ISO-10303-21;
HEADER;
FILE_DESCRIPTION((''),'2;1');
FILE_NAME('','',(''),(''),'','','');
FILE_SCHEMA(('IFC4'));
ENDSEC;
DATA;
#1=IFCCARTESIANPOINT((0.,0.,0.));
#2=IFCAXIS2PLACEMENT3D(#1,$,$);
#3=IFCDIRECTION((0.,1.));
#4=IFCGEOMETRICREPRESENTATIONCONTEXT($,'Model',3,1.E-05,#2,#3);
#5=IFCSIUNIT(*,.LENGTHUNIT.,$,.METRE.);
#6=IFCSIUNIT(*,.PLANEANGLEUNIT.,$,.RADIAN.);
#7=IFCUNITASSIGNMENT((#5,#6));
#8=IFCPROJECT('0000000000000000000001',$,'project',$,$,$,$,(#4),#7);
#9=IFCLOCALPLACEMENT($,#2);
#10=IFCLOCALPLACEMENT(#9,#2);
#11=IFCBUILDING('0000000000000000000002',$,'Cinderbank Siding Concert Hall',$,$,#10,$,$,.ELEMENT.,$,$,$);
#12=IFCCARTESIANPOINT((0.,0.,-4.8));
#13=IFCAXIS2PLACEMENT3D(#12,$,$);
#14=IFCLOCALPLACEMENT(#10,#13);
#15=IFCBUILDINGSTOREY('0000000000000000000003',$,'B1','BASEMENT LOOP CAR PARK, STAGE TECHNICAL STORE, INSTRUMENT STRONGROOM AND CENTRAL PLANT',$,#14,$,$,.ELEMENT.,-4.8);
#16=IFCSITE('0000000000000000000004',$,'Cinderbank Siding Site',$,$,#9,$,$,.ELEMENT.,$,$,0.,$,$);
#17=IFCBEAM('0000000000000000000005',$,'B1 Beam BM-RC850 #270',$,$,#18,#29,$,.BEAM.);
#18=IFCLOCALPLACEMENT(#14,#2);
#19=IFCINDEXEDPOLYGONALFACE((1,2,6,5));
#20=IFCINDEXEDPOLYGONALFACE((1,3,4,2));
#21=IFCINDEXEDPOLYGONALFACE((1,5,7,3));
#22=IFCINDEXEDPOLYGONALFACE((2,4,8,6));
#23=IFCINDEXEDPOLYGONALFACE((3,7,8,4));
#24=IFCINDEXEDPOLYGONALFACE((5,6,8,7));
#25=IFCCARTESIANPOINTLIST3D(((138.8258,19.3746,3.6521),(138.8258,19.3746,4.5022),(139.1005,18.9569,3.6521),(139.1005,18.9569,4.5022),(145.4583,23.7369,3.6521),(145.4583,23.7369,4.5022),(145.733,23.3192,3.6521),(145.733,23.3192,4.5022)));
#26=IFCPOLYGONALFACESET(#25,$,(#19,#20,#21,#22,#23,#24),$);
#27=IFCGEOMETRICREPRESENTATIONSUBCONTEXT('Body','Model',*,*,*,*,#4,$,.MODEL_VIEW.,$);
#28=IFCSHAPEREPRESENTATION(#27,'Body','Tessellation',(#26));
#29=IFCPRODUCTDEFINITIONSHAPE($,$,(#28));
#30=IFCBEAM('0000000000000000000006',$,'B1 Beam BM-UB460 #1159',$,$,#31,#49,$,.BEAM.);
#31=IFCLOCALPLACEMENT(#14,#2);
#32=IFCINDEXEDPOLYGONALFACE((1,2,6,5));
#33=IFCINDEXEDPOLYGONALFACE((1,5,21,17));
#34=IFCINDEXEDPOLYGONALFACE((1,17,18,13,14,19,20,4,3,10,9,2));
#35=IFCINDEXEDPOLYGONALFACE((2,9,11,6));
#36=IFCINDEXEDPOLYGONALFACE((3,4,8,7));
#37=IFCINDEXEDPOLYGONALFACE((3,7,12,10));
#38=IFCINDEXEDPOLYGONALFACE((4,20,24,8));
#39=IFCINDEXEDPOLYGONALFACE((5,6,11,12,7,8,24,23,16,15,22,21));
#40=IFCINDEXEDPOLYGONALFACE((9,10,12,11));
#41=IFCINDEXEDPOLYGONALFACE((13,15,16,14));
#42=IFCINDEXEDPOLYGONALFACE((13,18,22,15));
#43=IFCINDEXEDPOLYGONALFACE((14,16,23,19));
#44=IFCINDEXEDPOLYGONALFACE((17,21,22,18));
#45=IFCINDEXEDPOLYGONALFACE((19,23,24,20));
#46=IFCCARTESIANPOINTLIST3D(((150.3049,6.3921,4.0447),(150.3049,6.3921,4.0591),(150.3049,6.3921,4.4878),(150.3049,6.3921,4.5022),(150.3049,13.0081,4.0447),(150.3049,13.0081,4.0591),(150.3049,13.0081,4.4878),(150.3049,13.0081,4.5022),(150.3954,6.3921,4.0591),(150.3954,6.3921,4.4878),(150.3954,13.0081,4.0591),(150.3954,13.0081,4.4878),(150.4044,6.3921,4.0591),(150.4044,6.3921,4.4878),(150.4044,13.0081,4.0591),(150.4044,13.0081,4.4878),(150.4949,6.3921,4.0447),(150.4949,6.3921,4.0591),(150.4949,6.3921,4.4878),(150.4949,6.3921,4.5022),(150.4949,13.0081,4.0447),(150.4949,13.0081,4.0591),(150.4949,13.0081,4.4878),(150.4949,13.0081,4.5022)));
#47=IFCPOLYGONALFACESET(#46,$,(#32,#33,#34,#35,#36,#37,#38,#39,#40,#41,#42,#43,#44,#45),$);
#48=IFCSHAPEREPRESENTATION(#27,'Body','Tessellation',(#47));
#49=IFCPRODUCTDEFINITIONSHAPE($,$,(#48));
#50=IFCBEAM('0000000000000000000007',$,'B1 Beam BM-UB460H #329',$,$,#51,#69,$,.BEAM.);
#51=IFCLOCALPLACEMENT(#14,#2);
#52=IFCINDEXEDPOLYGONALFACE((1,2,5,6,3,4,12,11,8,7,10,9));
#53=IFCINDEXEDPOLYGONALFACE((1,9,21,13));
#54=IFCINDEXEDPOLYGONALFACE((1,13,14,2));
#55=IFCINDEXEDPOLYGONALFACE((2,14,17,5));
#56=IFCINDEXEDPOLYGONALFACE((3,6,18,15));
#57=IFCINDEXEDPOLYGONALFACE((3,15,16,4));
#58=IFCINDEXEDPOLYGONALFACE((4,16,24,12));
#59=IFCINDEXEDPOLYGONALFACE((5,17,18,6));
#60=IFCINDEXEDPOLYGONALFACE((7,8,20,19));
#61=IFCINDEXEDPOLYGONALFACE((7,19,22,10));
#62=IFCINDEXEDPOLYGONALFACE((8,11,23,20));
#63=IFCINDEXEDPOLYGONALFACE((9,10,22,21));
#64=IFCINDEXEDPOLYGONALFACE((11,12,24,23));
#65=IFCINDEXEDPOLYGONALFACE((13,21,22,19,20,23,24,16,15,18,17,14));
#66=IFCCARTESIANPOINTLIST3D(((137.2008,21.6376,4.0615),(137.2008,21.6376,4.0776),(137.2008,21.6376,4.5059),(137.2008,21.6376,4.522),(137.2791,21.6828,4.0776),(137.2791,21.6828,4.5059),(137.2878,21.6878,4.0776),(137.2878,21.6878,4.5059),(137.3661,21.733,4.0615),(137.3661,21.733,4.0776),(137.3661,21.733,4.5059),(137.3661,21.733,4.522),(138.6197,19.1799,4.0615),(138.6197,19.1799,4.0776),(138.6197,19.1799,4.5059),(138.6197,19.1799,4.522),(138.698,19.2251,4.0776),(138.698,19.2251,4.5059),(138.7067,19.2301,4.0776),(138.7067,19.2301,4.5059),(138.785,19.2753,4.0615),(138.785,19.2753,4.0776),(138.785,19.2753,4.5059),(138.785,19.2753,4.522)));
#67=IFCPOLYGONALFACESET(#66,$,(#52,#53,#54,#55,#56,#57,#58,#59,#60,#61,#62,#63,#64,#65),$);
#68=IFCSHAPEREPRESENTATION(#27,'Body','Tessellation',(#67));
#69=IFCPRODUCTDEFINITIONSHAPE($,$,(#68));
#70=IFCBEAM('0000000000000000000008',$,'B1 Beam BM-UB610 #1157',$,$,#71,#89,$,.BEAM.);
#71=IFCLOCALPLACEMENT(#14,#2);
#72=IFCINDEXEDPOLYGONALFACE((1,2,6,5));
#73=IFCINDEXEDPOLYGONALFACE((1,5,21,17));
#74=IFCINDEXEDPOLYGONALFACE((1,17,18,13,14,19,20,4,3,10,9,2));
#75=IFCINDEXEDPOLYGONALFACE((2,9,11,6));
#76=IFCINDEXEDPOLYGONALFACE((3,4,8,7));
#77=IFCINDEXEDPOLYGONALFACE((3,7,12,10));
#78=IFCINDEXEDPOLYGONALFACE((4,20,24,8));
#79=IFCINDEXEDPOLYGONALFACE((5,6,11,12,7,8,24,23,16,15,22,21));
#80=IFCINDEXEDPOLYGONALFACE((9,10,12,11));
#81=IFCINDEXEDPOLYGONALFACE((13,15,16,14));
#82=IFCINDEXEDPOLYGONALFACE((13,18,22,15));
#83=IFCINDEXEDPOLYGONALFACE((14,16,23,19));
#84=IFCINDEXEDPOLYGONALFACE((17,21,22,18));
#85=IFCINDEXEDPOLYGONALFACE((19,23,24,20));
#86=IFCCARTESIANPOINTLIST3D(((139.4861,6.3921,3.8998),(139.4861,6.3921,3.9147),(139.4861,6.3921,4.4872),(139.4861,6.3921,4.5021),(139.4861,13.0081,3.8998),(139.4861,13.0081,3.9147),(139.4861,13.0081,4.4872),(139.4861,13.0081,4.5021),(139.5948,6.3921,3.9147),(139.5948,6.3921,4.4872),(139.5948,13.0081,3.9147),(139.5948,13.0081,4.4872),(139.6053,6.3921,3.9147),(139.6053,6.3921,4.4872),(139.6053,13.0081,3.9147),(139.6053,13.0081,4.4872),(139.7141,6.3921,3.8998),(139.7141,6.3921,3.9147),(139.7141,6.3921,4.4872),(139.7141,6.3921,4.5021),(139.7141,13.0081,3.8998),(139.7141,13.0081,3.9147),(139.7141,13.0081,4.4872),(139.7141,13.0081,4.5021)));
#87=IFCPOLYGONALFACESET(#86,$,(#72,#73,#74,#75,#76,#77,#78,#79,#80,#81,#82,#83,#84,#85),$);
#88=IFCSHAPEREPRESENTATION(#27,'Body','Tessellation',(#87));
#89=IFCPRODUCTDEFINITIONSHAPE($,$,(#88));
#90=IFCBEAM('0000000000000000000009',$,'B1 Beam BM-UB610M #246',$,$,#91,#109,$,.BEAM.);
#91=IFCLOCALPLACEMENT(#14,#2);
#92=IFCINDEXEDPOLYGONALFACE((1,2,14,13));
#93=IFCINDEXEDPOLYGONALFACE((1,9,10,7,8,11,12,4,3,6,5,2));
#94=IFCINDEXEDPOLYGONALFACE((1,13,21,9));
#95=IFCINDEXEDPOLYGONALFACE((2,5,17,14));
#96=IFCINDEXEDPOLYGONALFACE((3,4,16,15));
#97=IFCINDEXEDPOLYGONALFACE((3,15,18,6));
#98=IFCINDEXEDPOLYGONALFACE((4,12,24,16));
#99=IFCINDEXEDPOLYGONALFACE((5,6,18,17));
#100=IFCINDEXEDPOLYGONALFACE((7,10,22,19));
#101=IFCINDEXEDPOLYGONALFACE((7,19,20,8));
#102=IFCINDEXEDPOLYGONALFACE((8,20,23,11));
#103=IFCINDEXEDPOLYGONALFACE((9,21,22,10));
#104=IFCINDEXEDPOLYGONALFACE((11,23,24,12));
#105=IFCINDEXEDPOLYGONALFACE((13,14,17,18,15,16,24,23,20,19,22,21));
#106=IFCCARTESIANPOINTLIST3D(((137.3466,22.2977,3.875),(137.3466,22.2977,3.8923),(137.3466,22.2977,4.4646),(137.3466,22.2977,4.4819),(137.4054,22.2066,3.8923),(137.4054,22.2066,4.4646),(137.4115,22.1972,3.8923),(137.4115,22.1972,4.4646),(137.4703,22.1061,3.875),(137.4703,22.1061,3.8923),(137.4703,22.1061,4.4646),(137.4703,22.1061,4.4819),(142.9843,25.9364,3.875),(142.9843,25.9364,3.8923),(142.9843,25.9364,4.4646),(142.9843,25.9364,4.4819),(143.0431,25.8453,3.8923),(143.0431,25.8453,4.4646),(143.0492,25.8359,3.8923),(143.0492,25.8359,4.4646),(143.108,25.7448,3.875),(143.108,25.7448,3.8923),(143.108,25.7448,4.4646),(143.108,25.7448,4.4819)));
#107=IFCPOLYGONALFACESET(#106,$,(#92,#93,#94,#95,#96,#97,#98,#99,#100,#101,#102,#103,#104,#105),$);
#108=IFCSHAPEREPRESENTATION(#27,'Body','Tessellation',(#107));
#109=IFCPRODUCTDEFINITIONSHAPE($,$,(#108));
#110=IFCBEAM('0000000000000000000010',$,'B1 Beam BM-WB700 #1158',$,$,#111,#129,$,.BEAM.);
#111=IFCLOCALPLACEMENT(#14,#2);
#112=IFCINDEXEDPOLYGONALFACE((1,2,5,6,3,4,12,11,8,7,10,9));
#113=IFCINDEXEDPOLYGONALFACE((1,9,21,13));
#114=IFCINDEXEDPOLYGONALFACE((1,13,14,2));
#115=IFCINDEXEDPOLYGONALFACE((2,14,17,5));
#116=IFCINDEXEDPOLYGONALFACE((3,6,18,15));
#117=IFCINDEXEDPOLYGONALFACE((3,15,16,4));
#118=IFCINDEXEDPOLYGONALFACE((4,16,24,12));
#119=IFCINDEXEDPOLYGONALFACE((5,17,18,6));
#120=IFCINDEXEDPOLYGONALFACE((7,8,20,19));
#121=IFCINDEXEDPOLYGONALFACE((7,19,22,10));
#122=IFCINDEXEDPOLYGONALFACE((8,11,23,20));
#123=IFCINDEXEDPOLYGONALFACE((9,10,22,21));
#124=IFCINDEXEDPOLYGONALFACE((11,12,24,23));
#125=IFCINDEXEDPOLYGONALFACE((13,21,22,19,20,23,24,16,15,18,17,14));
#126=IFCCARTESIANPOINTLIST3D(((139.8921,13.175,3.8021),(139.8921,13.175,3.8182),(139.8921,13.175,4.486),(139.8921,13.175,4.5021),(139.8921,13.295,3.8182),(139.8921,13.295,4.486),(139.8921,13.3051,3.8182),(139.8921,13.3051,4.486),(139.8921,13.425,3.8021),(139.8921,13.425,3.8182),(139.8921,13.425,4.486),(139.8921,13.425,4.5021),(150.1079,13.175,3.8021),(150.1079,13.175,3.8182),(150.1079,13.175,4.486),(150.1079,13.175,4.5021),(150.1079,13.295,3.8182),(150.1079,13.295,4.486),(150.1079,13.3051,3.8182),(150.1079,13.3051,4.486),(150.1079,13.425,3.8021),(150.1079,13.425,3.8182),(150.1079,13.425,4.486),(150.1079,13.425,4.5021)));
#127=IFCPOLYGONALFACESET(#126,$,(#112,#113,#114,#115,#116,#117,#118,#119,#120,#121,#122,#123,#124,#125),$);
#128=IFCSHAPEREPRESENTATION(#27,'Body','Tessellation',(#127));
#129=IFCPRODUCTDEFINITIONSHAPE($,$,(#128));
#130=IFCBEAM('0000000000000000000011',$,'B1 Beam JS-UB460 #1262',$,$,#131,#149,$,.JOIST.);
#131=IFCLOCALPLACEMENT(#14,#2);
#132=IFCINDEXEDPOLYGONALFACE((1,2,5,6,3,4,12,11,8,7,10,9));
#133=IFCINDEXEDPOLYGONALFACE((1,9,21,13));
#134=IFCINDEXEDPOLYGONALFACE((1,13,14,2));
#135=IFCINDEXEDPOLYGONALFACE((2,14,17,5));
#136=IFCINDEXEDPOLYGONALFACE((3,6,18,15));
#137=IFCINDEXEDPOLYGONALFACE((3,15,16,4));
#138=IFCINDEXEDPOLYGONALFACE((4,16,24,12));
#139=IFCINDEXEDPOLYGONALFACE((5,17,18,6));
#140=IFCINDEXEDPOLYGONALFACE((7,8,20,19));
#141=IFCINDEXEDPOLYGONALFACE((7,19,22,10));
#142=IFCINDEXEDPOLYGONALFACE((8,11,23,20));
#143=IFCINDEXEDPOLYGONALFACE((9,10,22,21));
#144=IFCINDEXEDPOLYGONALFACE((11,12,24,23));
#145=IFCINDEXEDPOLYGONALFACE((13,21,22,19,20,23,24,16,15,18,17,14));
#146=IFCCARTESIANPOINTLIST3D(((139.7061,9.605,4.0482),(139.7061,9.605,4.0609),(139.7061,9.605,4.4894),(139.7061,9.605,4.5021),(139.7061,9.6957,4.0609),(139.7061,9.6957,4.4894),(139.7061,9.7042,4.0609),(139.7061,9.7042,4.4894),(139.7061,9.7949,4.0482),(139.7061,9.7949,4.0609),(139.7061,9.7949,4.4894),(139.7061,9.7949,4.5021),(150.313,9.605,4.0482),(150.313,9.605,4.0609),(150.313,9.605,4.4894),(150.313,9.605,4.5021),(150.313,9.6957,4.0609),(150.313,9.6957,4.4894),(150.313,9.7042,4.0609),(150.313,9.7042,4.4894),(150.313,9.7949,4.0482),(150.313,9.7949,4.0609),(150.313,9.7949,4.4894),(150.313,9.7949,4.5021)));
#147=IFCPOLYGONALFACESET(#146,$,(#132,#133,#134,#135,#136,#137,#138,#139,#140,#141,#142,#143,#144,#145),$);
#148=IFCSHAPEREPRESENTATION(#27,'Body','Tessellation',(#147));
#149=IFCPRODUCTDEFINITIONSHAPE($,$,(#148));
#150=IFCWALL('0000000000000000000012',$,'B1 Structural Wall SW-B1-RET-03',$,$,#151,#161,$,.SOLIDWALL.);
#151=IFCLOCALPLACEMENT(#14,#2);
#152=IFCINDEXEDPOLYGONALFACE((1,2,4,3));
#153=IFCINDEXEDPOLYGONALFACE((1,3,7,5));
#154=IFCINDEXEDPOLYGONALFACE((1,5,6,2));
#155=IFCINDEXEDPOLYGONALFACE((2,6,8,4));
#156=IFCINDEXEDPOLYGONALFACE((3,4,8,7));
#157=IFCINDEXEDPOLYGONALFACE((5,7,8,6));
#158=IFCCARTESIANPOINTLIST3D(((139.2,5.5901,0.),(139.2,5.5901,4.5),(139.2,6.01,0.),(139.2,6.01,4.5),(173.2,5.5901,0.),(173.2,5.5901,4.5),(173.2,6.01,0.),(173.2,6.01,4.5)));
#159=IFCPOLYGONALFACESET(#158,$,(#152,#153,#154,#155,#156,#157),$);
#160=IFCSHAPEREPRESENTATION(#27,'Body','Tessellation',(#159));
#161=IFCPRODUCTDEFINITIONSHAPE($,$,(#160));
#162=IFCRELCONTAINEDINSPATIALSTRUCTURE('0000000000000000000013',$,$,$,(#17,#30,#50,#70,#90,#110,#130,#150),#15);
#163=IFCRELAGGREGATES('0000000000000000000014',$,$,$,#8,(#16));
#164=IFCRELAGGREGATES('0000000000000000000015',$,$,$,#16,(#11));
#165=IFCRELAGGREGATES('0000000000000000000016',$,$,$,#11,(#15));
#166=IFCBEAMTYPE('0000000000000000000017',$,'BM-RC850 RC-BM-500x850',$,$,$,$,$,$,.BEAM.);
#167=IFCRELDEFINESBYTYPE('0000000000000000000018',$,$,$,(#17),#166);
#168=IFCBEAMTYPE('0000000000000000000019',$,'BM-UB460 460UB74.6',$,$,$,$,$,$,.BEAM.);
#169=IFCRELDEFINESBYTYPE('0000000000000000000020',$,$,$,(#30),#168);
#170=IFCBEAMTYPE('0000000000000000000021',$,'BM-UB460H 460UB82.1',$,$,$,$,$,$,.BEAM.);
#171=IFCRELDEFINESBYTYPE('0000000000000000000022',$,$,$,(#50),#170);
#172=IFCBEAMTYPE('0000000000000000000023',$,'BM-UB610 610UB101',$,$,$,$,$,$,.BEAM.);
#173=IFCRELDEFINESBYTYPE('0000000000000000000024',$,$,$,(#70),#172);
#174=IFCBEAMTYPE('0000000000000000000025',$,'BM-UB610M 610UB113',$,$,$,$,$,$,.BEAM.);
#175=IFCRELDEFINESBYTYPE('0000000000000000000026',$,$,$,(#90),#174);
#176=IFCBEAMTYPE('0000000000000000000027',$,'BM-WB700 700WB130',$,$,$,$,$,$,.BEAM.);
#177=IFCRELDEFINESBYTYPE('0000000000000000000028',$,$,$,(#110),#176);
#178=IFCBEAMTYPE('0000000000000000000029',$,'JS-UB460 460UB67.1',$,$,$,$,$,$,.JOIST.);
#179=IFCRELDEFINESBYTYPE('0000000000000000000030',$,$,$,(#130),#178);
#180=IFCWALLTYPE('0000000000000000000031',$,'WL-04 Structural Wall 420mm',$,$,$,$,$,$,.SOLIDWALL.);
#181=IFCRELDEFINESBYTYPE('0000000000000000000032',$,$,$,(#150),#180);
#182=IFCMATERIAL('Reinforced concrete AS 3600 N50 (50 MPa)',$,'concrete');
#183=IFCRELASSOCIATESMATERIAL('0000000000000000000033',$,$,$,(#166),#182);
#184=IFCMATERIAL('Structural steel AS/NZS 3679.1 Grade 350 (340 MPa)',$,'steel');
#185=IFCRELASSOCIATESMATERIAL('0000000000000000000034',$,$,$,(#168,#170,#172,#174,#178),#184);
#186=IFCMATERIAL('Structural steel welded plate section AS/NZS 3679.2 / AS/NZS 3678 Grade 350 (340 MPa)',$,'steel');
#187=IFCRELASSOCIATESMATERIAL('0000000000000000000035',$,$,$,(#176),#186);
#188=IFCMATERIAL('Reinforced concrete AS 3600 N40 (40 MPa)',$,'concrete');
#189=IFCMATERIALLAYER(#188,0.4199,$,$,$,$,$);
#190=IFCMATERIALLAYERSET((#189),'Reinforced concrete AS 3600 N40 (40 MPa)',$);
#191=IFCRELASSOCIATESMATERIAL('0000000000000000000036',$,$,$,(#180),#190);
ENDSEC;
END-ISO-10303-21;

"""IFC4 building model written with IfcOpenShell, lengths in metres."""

from ifc_helpers import new_model, si_unit, direction, frame, frame_2d, origin, origin_2d, place, context, subcontext, project, spatial, rectangle, i_section, extrude, material, layer, layer_set, material_profile, profile_set, type_object, element, save


model = new_model("IFC4")

# Units and contexts
model_context = context("Model", 3, precision=1e-05, world=origin(), true_north=direction((0.0, 1.0)))
body_context = subcontext(model_context, "Body", "Model", "MODEL_VIEW")
ifc_project = project(units=[si_unit("LENGTHUNIT", "METRE"), si_unit("PLANEANGLEUNIT", "RADIAN")], contexts=[model_context])

# Site, building, storey
site_placement = place(None, origin())
site = spatial("IfcSite", under=ifc_project, at=site_placement, Name="Cinderbank Siding Site", CompositionType="ELEMENT", RefElevation=0.0)
building_placement = place(site_placement, origin())
building = spatial("IfcBuilding", under=site, at=building_placement, Name="Cinderbank Siding Concert Hall", CompositionType="ELEMENT")
storey_placement = place(building_placement, frame((0.0, 0.0, -4.8)))
storey = spatial("IfcBuildingStorey", under=building, at=storey_placement, Name="B1", Description="BASEMENT LOOP CAR PARK, STAGE TECHNICAL STORE, INSTRUMENT STRONGROOM AND CENTRAL PLANT", CompositionType="ELEMENT", Elevation=-4.8)

# Shared definitions
ifc_material_1 = material(Name="Reinforced concrete AS 3600 N40 (40 MPa)", Category="concrete")

# Shared definitions
ifc_material_2 = material(Name="Reinforced concrete AS 3600 N50 (50 MPa)", Category="concrete")

# Beams
ifc_material_profile_1 = material_profile(ifc_material_2, rectangle(XDim=0.5, YDim=0.8501, at=origin_2d()), Name="RC-BM-500x850", Category="LoadBearing")
ifc_profile_set_1 = profile_set([ifc_material_profile_1], Name="Reinforced concrete AS 3600 N50 (50 MPa)")
beam_type_1 = type_object("IfcBeamType", Name="BM-RC850 RC-BM-500x850", PredefinedType="BEAM", material=ifc_profile_set_1)
beam_1_placement = place(storey_placement, frame((138.9631, 19.1658, 4.0771), z_axis=(0.835488, 0.549509, 0.0), x_axis=(-0.549509, 0.835488, 0.0)))
element("IfcBeam", 1, at=beam_1_placement, inside=storey, type_object=beam_type_1, Name="B1 Beam BM-RC850 #270", PredefinedType="BEAM", context=body_context, shape_type="SweptSolid", body=[
    extrude(rectangle(XDim=0.5, YDim=0.8501, at=origin_2d()), origin(), (0.0, 0.0, 1.0), 7.9385),
])
ifc_material_3 = material(Name="Structural steel AS/NZS 3679.1 Grade 350 (340 MPa)", Category="steel")
ifc_material_profile_2 = material_profile(ifc_material_3, i_section(OverallWidth=0.1899, OverallDepth=0.4575, WebThickness=0.009, FlangeThickness=0.0144, at=origin_2d()), Name="460UB74.6", Category="LoadBearing")
ifc_profile_set_2 = profile_set([ifc_material_profile_2], Name="Structural steel AS/NZS 3679.1 Grade 350 (340 MPa)")
beam_type_2 = type_object("IfcBeamType", Name="BM-UB460 460UB74.6", PredefinedType="BEAM", material=ifc_profile_set_2)
beam_2_placement = place(storey_placement, frame((150.3999, 6.3921, 4.2734), z_axis=(0.0, 1.0, 0.0), x_axis=(-1.0, 0.0, 0.0)))
element("IfcBeam", 2, at=beam_2_placement, inside=storey, type_object=beam_type_2, Name="B1 Beam BM-UB460 #1159", PredefinedType="BEAM", context=body_context, shape_type="SweptSolid", body=[
    extrude(i_section(OverallWidth=0.1899, OverallDepth=0.4575, WebThickness=0.009, FlangeThickness=0.0144, at=origin_2d()), origin(), (0.0, 0.0, 1.0), 6.616),
])
ifc_material_profile_3 = material_profile(ifc_material_3, i_section(OverallWidth=0.1909, OverallDepth=0.4604, WebThickness=0.01, FlangeThickness=0.0161, at=origin_2d()), Name="460UB82.1", Category="LoadBearing")
ifc_profile_set_3 = profile_set([ifc_material_profile_3], Name="Structural steel AS/NZS 3679.1 Grade 350 (340 MPa)")
beam_type_3 = type_object("IfcBeamType", Name="BM-UB460H 460UB82.1", PredefinedType="BEAM", material=ifc_profile_set_3)
beam_3_placement = place(storey_placement, frame((137.2834, 21.6853, 4.2917), z_axis=(0.499988, -0.866032, 0.0), x_axis=(0.866032, 0.499988, 0.0)))
element("IfcBeam", 3, at=beam_3_placement, inside=storey, type_object=beam_type_3, Name="B1 Beam BM-UB460H #329", PredefinedType="BEAM", context=body_context, shape_type="SweptSolid", body=[
    extrude(i_section(OverallWidth=0.1909, OverallDepth=0.4604, WebThickness=0.01, FlangeThickness=0.0161, at=origin_2d()), origin(), (0.0, 0.0, 1.0), 2.8379),
])
ifc_material_profile_4 = material_profile(ifc_material_3, i_section(OverallWidth=0.228, OverallDepth=0.6023, WebThickness=0.0105, FlangeThickness=0.0149, at=origin_2d()), Name="610UB101", Category="LoadBearing")
ifc_profile_set_4 = profile_set([ifc_material_profile_4], Name="Structural steel AS/NZS 3679.1 Grade 350 (340 MPa)")
beam_type_4 = type_object("IfcBeamType", Name="BM-UB610 610UB101", PredefinedType="BEAM", material=ifc_profile_set_4)
beam_4_placement = place(storey_placement, frame((139.6001, 6.3921, 4.2009), z_axis=(0.0, 1.0, 0.0), x_axis=(-1.0, 0.0, 0.0)))
element("IfcBeam", 4, at=beam_4_placement, inside=storey, type_object=beam_type_4, Name="B1 Beam BM-UB610 #1157", PredefinedType="BEAM", context=body_context, shape_type="SweptSolid", body=[
    extrude(i_section(OverallWidth=0.228, OverallDepth=0.6023, WebThickness=0.0105, FlangeThickness=0.0149, at=origin_2d()), origin(), (0.0, 0.0, 1.0), 6.616),
])
ifc_material_profile_5 = material_profile(ifc_material_3, i_section(OverallWidth=0.228, OverallDepth=0.6069, WebThickness=0.0112, FlangeThickness=0.0173, at=origin_2d()), Name="610UB113", Category="LoadBearing")
ifc_profile_set_5 = profile_set([ifc_material_profile_5], Name="Structural steel AS/NZS 3679.1 Grade 350 (340 MPa)")
beam_type_5 = type_object("IfcBeamType", Name="BM-UB610M 610UB113", PredefinedType="BEAM", material=ifc_profile_set_5)
beam_5_placement = place(storey_placement, frame((137.4084, 22.2019, 4.1785), z_axis=(0.840198, 0.542279, 0.0), x_axis=(-0.542279, 0.840198, 0.0)))
element("IfcBeam", 5, at=beam_5_placement, inside=storey, type_object=beam_type_5, Name="B1 Beam BM-UB610M #246", PredefinedType="BEAM", context=body_context, shape_type="SweptSolid", body=[
    extrude(i_section(OverallWidth=0.228, OverallDepth=0.6069, WebThickness=0.0112, FlangeThickness=0.0173, at=origin_2d()), origin(), (0.0, 0.0, 1.0), 6.71),
])
ifc_material_4 = material(Name="Structural steel welded plate section AS/NZS 3679.2 / AS/NZS 3678 Grade 350 (340 MPa)", Category="steel")
ifc_material_profile_6 = material_profile(ifc_material_4, i_section(OverallWidth=0.25, OverallDepth=0.7, WebThickness=0.01, FlangeThickness=0.0161, at=origin_2d()), Name="700WB130", Category="LoadBearing")
ifc_profile_set_6 = profile_set([ifc_material_profile_6], Name="Structural steel welded plate section AS/NZS 3679.2 / AS/NZS 3678 Grade 350 (340 MPa)")
beam_type_6 = type_object("IfcBeamType", Name="BM-WB700 700WB130", PredefinedType="BEAM", material=ifc_profile_set_6)
beam_6_placement = place(storey_placement, frame((139.8921, 13.3, 4.1521), z_axis=(1.0, 0.0, 0.0), x_axis=(0.0, 1.0, 0.0)))
element("IfcBeam", 6, at=beam_6_placement, inside=storey, type_object=beam_type_6, Name="B1 Beam BM-WB700 #1158", PredefinedType="BEAM", context=body_context, shape_type="SweptSolid", body=[
    extrude(i_section(OverallWidth=0.25, OverallDepth=0.7, WebThickness=0.01, FlangeThickness=0.0161, at=origin_2d()), origin(), (0.0, 0.0, 1.0), 10.2158),
])
ifc_material_profile_7 = material_profile(ifc_material_3, i_section(OverallWidth=0.1899, OverallDepth=0.4539, WebThickness=0.0085, FlangeThickness=0.0127, at=origin_2d()), Name="460UB67.1", Category="LoadBearing")
ifc_profile_set_7 = profile_set([ifc_material_profile_7], Name="Structural steel AS/NZS 3679.1 Grade 350 (340 MPa)")
beam_type_7 = type_object("IfcBeamType", Name="JS-UB460 460UB67.1", PredefinedType="JOIST", material=ifc_profile_set_7)
beam_7_placement = place(storey_placement, frame((139.7061, 9.7, 4.2751), z_axis=(1.0, 0.0, 0.0), x_axis=(0.0, 1.0, 0.0)))
element("IfcBeam", 7, at=beam_7_placement, inside=storey, type_object=beam_type_7, Name="B1 Beam JS-UB460 #1262", PredefinedType="JOIST", context=body_context, shape_type="SweptSolid", body=[
    extrude(i_section(OverallWidth=0.1899, OverallDepth=0.4539, WebThickness=0.0085, FlangeThickness=0.0127, at=origin_2d()), origin(), (0.0, 0.0, 1.0), 10.6069),
])

# Wall
ifc_layer_1 = layer(ifc_material_1, 0.4199)
ifc_layer_set_1 = layer_set([ifc_layer_1], Name="Reinforced concrete AS 3600 N40 (40 MPa)")
wall_type = type_object("IfcWallType", Name="WL-04 Structural Wall 420mm", PredefinedType="SOLIDWALL", material=ifc_layer_set_1)
wall_placement = place(storey_placement, frame((139.2, 5.8, 0.0), z_axis=(0.0, 0.0, 1.0), x_axis=(1.0, 0.0, 0.0)))
element("IfcWall", 8, at=wall_placement, inside=storey, type_object=wall_type, Name="B1 Structural Wall SW-B1-RET-03", PredefinedType="SOLIDWALL", context=body_context, shape_type="SweptSolid", body=[
    extrude(rectangle(XDim=34.0, YDim=0.4199, at=frame_2d((17.0, 0.0))), origin(), (0.0, 0.0, 1.0), 4.5),
])

save(model, "model.ifc")
